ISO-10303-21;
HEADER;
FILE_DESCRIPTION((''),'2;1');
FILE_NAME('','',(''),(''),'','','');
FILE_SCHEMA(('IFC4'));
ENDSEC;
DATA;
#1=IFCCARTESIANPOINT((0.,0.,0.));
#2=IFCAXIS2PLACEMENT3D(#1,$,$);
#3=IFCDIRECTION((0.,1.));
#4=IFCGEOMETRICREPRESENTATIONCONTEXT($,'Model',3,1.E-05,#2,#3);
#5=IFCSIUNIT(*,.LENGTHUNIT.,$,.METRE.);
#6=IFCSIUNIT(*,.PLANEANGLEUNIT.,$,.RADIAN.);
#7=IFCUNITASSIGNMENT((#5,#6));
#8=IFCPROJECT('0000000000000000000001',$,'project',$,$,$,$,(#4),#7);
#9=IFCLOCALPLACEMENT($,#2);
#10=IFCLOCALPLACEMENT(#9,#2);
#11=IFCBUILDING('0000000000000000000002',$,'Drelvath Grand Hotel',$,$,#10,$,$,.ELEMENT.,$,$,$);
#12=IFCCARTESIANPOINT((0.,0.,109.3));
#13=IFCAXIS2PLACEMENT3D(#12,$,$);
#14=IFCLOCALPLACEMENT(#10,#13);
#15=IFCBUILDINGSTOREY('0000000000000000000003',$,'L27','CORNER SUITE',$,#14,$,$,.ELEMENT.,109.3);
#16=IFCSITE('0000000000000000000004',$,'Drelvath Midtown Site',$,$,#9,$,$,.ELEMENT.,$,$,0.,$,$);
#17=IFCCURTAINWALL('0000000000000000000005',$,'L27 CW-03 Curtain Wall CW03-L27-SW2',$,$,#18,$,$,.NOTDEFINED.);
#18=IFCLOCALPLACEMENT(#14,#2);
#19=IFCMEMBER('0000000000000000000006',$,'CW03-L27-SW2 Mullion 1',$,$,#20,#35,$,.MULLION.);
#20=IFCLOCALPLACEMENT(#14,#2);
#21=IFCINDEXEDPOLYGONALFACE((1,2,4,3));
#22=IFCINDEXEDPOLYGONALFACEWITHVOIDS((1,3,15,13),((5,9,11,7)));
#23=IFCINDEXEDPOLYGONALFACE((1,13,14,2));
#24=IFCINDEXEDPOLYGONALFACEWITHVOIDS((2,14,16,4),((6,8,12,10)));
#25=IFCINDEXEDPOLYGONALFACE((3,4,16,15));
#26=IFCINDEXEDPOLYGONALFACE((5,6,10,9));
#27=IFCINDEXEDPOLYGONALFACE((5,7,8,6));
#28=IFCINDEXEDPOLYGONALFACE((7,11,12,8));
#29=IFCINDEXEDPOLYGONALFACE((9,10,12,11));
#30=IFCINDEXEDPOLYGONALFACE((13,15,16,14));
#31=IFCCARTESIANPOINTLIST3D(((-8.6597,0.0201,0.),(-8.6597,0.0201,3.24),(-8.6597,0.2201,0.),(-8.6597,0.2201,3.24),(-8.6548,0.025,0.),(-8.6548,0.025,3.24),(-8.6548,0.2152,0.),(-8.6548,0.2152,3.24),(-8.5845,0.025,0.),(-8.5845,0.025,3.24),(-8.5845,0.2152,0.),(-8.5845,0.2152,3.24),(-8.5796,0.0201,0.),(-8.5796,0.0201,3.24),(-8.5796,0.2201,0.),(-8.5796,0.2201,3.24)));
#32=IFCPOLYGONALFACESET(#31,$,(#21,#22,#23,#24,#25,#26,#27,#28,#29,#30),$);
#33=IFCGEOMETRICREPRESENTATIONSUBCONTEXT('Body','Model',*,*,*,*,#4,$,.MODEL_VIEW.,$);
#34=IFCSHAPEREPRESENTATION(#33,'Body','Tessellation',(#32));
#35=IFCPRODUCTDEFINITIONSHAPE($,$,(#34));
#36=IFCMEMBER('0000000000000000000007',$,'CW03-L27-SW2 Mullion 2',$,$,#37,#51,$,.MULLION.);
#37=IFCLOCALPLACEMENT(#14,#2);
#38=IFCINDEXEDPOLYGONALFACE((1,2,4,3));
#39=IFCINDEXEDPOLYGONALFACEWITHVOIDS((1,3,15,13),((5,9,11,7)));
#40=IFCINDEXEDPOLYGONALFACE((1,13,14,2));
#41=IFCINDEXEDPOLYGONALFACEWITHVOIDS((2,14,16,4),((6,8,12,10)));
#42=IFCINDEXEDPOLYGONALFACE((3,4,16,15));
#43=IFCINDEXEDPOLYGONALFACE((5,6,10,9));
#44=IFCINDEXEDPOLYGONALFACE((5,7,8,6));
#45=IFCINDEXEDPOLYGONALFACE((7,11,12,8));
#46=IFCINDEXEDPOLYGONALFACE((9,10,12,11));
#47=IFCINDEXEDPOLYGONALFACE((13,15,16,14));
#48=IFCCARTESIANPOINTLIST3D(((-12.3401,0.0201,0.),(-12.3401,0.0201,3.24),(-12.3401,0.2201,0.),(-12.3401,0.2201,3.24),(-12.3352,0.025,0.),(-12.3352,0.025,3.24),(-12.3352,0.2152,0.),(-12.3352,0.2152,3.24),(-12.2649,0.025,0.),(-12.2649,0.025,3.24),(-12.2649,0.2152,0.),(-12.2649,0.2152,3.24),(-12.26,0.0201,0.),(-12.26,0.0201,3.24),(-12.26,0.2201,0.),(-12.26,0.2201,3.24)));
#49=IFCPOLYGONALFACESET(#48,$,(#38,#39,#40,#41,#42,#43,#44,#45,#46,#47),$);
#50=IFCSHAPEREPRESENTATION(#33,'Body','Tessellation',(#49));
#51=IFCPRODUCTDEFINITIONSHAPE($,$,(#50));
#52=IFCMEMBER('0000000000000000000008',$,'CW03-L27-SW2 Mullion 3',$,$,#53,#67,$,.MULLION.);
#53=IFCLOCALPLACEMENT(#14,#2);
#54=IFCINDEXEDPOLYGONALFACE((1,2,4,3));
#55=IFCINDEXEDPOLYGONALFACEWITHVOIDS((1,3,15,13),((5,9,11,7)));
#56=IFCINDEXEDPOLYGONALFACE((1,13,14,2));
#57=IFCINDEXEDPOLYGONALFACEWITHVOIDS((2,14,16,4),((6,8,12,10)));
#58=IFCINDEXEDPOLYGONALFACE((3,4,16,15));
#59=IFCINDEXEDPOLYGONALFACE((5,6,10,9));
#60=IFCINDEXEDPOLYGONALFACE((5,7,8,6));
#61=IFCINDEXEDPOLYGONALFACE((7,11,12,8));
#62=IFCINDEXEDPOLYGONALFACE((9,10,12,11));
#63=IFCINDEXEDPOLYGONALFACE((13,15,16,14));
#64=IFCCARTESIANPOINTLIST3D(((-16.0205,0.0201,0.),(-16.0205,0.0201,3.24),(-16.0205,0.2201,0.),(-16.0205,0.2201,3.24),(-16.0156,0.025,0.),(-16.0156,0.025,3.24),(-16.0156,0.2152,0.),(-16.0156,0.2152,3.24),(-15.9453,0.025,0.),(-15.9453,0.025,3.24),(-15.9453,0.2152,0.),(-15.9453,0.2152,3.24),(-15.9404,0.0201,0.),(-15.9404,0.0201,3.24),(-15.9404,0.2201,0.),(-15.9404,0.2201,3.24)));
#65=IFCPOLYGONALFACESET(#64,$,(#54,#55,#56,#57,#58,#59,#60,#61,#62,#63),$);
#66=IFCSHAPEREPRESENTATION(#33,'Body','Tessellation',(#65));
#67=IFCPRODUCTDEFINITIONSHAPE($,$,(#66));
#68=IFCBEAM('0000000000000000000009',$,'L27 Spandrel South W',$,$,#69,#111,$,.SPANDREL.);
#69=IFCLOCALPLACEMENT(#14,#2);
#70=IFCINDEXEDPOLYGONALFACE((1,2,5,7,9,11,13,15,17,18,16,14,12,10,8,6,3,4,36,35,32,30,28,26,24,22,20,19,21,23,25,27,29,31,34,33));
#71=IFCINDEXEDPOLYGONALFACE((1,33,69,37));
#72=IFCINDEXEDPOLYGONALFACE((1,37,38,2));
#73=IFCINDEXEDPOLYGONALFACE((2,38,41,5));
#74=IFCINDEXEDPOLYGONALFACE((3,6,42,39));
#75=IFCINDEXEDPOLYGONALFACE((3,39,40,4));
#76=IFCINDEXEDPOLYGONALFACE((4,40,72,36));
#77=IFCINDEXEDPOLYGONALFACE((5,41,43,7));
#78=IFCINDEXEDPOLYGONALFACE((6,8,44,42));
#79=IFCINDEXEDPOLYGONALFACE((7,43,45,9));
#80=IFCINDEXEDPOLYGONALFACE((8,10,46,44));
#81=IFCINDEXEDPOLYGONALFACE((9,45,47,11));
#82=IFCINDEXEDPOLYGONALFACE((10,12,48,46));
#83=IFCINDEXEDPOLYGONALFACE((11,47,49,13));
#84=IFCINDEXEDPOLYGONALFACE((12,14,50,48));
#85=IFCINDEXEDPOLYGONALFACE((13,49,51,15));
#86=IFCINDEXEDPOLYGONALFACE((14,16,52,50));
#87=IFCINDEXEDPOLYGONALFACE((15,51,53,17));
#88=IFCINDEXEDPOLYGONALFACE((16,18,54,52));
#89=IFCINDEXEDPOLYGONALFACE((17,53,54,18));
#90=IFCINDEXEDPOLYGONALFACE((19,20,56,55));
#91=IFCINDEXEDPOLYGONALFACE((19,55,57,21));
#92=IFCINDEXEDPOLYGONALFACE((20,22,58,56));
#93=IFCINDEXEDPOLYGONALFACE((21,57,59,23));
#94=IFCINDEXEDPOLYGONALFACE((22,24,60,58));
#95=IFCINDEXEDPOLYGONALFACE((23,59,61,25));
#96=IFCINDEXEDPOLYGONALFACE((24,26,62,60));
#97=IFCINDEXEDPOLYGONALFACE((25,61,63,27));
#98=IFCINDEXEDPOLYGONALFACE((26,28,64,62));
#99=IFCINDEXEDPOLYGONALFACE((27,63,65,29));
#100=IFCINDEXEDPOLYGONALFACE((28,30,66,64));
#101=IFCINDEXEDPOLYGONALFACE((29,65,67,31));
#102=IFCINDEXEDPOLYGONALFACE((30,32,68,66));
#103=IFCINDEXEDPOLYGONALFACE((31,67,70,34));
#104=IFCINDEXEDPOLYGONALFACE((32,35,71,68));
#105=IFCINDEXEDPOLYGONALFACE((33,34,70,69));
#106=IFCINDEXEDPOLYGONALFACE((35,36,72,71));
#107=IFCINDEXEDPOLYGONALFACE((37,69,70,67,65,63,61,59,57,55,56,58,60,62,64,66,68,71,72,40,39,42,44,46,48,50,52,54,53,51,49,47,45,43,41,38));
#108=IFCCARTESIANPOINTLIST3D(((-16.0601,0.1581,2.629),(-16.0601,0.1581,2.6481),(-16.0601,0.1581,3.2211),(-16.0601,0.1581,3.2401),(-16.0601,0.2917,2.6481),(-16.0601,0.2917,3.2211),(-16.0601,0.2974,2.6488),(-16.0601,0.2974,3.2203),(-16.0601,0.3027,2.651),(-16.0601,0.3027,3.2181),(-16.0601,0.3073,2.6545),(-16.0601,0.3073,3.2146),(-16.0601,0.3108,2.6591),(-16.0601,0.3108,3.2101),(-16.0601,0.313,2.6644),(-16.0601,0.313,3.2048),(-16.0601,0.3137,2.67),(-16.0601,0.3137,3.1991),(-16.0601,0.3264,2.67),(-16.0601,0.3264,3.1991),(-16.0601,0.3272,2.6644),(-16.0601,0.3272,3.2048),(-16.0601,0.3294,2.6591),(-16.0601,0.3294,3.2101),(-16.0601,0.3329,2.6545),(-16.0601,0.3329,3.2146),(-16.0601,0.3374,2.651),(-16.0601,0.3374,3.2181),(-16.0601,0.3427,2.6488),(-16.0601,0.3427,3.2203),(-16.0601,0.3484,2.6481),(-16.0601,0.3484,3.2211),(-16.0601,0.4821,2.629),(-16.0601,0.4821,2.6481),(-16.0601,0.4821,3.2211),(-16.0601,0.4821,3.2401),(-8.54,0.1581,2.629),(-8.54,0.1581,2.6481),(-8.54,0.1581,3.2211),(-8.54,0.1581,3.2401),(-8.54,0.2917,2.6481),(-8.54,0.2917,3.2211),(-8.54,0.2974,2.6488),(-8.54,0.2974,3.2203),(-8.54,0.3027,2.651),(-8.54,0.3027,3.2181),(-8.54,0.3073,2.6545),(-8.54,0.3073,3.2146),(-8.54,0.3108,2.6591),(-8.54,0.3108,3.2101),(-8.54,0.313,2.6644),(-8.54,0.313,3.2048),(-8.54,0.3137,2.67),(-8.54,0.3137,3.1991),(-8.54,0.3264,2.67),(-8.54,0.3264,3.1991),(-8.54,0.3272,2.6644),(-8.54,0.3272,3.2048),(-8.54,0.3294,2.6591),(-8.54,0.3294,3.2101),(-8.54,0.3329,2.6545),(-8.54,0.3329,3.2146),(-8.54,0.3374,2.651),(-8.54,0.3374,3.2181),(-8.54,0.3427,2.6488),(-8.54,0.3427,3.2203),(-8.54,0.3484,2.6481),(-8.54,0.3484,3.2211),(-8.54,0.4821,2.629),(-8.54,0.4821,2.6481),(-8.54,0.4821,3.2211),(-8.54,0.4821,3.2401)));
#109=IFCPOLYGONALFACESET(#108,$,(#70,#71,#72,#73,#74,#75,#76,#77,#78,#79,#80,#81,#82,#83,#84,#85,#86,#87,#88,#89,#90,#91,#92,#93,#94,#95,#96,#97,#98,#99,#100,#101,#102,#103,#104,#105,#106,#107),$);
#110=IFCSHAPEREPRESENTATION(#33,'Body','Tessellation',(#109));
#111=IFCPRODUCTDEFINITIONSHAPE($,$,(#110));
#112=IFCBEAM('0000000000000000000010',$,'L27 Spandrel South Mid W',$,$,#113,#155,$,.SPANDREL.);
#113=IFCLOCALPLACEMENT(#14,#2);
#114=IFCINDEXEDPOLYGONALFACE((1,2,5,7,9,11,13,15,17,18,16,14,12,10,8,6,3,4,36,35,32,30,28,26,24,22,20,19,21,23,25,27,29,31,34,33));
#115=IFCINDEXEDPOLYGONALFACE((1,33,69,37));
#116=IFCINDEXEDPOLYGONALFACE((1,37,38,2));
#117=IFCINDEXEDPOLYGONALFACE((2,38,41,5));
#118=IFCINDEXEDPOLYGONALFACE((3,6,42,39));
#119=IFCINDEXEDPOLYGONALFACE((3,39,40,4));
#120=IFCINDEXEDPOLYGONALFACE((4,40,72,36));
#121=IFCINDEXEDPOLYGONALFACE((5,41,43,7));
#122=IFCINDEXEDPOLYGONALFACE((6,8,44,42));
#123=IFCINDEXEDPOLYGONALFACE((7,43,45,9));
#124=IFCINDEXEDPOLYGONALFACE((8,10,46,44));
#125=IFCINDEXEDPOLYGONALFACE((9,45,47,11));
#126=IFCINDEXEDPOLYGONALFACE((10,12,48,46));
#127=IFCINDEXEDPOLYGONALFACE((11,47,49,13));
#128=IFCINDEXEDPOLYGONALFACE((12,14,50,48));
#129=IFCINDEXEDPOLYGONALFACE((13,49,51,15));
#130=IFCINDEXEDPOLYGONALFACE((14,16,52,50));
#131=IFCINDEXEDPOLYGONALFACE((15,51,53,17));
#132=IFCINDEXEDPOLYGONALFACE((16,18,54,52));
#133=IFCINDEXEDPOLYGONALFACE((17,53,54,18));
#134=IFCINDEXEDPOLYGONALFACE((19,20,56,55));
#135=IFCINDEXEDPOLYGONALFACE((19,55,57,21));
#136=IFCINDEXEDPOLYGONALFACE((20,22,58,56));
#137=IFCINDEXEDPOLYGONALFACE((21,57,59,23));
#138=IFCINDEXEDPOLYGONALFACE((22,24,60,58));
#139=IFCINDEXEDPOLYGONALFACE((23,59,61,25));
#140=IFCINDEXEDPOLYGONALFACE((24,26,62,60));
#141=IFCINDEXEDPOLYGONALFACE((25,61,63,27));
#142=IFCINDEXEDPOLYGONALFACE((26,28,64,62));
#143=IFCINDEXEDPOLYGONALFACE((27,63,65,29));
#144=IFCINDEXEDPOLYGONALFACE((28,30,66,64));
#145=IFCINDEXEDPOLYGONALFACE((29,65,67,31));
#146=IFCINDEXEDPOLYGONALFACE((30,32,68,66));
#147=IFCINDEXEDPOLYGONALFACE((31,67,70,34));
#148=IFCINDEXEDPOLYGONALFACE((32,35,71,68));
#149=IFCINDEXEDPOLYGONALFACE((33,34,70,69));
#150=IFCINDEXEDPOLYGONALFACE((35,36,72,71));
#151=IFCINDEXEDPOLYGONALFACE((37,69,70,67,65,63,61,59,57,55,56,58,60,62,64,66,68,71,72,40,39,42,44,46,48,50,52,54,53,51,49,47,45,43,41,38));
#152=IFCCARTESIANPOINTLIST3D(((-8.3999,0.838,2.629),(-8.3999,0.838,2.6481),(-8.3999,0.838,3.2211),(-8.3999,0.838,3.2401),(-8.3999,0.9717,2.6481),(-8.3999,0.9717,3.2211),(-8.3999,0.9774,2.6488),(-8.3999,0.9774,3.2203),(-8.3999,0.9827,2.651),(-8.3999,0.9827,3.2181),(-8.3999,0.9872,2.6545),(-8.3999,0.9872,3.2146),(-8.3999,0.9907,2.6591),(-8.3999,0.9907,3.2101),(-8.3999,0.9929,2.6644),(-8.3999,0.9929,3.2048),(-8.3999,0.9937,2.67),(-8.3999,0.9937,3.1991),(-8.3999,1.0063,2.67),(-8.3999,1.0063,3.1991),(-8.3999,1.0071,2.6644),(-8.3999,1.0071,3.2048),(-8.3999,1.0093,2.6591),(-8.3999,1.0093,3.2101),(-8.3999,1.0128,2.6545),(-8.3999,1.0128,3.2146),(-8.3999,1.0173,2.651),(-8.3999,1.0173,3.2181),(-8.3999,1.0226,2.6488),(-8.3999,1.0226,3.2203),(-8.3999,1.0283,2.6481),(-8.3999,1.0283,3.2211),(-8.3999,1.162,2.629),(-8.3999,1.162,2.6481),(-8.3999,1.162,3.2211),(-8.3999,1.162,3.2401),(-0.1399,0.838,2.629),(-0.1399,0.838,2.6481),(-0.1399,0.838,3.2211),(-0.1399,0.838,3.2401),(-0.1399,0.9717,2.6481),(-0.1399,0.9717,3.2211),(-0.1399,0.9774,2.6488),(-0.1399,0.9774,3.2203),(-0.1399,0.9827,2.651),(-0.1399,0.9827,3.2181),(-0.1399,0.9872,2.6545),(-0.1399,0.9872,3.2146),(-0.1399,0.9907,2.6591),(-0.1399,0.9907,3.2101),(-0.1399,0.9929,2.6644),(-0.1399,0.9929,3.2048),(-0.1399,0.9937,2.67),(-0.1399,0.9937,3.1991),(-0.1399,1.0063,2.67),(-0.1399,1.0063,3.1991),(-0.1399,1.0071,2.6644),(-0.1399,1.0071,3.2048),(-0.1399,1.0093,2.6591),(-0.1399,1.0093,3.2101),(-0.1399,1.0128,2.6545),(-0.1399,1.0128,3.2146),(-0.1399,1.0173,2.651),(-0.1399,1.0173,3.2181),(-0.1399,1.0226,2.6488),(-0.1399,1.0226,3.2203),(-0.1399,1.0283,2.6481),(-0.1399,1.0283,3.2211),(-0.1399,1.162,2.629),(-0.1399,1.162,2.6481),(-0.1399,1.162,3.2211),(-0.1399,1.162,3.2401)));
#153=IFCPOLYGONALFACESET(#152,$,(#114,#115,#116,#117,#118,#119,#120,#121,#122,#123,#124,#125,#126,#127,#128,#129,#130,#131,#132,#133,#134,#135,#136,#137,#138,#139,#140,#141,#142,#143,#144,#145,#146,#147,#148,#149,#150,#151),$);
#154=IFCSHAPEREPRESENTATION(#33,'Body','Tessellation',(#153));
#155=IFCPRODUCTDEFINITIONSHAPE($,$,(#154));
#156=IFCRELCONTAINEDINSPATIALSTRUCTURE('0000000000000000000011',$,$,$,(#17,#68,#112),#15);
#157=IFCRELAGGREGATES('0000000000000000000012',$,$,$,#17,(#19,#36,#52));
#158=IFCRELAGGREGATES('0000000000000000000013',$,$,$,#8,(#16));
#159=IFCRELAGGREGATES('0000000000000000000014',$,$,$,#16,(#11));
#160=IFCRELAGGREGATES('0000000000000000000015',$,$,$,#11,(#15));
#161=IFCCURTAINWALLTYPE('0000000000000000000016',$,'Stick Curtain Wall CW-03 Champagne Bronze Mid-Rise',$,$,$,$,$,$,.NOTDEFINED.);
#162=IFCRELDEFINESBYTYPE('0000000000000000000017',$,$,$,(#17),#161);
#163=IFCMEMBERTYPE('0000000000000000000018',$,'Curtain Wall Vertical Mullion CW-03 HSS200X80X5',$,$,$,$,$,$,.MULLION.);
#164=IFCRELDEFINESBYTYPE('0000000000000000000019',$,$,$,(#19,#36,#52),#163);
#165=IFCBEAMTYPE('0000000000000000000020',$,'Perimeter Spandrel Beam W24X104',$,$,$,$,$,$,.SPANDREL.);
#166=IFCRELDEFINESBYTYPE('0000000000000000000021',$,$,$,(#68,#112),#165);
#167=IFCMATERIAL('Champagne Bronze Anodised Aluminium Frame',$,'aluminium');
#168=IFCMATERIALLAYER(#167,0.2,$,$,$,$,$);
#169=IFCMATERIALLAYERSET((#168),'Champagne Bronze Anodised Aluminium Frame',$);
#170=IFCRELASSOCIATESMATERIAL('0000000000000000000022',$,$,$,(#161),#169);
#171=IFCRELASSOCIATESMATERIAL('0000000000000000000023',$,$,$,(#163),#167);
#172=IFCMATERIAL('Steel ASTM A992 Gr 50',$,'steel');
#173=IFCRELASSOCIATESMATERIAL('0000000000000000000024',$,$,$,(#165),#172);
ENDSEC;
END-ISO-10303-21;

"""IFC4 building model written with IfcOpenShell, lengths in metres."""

from ifc_helpers import new_model, si_unit, direction, frame, origin, origin_2d, place, context, subcontext, project, spatial, hollow_rectangle, i_section, extrude, material, layer, layer_set, material_profile, profile_set, type_object, element, aggregate, save


model = new_model("IFC4")

# Units and contexts
model_context = context("Model", 3, precision=1e-05, world=origin(), true_north=direction((0.0, 1.0)))
body_context = subcontext(model_context, "Body", "Model", "MODEL_VIEW")
ifc_project = project(units=[si_unit("LENGTHUNIT", "METRE"), si_unit("PLANEANGLEUNIT", "RADIAN")], contexts=[model_context])

# Site, building, storey
site_placement = place(None, origin())
site = spatial("IfcSite", under=ifc_project, at=site_placement, Name="Drelvath Midtown Site", CompositionType="ELEMENT", RefElevation=0.0)
building_placement = place(site_placement, origin())
building = spatial("IfcBuilding", under=site, at=building_placement, Name="Drelvath Grand Hotel", CompositionType="ELEMENT")
storey_placement = place(building_placement, frame((0.0, 0.0, 109.3)))
storey = spatial("IfcBuildingStorey", under=building, at=storey_placement, Name="L27", Description="CORNER SUITE", CompositionType="ELEMENT", Elevation=109.3)

# Shared definitions
ifc_material_1 = material(Name="Steel ASTM A992 Gr 50", Category="steel")

# Curtain wall
ifc_material_2 = material(Name="Champagne Bronze Anodised Aluminium Frame", Category="aluminium")
ifc_layer_1 = layer(ifc_material_2, 0.2)
ifc_layer_set_1 = layer_set([ifc_layer_1], Name="Champagne Bronze Anodised Aluminium Frame")
curtain_wall_type = type_object("IfcCurtainWallType", Name="Stick Curtain Wall CW-03 Champagne Bronze Mid-Rise", PredefinedType="NOTDEFINED", material=ifc_layer_set_1)
curtain_wall_1_placement = place(storey_placement, origin())
curtain_wall_1 = element("IfcCurtainWall", 1, at=curtain_wall_1_placement, inside=storey, type_object=curtain_wall_type, Name="L27 CW-03 Curtain Wall CW03-L27-SW2", PredefinedType="NOTDEFINED")

# Members
ifc_material_profile_1 = material_profile(ifc_material_2, hollow_rectangle(XDim=0.0801, YDim=0.2, WallThickness=0.0049, at=origin_2d()), Name="HSS200X80X5")
ifc_profile_set_1 = profile_set([ifc_material_profile_1], Name="Champagne Bronze Anodised Aluminium Frame")
member_type_1 = type_object("IfcMemberType", Name="Curtain Wall Vertical Mullion CW-03 HSS200X80X5", PredefinedType="MULLION", material=ifc_profile_set_1)
member_1_placement = place(storey_placement, frame((-8.6196, 0.1201, 0.0), z_axis=(0.0, 0.0, 1.0), x_axis=(1.0, 0.0, 0.0)))
member_1 = element("IfcMember", 2, at=member_1_placement, type_object=member_type_1, Name="CW03-L27-SW2 Mullion 1", PredefinedType="MULLION", context=body_context, shape_type="SweptSolid", body=[
    extrude(hollow_rectangle(XDim=0.0801, YDim=0.2, WallThickness=0.0049, at=origin_2d()), origin(), (0.0, 0.0, 1.0), 3.24),
])
member_2_placement = place(storey_placement, frame((-12.3, 0.1201, 0.0), z_axis=(0.0, 0.0, 1.0), x_axis=(1.0, 0.0, 0.0)))
member_2 = element("IfcMember", 3, at=member_2_placement, type_object=member_type_1, Name="CW03-L27-SW2 Mullion 2", PredefinedType="MULLION", context=body_context, shape_type="SweptSolid", body=[
    extrude(hollow_rectangle(XDim=0.0801, YDim=0.2, WallThickness=0.0049, at=origin_2d()), origin(), (0.0, 0.0, 1.0), 3.24),
])
member_3_placement = place(storey_placement, frame((-15.9805, 0.1201, 0.0), z_axis=(0.0, 0.0, 1.0), x_axis=(1.0, 0.0, 0.0)))
member_3 = element("IfcMember", 4, at=member_3_placement, type_object=member_type_1, Name="CW03-L27-SW2 Mullion 3", PredefinedType="MULLION", context=body_context, shape_type="SweptSolid", body=[
    extrude(hollow_rectangle(XDim=0.0801, YDim=0.2, WallThickness=0.0049, at=origin_2d()), origin(), (0.0, 0.0, 1.0), 3.24),
])

# Beams
ifc_material_profile_2 = material_profile(ifc_material_1, i_section(OverallWidth=0.324, OverallDepth=0.6111, WebThickness=0.0127, FlangeThickness=0.019, FilletRadius=0.022, at=origin_2d()), Name="W24X104")
ifc_profile_set_2 = profile_set([ifc_material_profile_2], Name="Steel ASTM A992 Gr 50")
beam_type_1 = type_object("IfcBeamType", Name="Perimeter Spandrel Beam W24X104", PredefinedType="SPANDREL", material=ifc_profile_set_2)
beam_1_placement = place(storey_placement, frame((-16.0601, 0.3201, 2.9346), z_axis=(1.0, 0.0, 0.0), x_axis=(0.0, 1.0, 0.0)))
element("IfcBeam", 5, at=beam_1_placement, inside=storey, type_object=beam_type_1, Name="L27 Spandrel South W", PredefinedType="SPANDREL", context=body_context, shape_type="SweptSolid", body=[
    extrude(i_section(OverallWidth=0.324, OverallDepth=0.6111, WebThickness=0.0127, FlangeThickness=0.019, FilletRadius=0.022, at=origin_2d()), origin(), (0.0, 0.0, 1.0), 7.52),
])
beam_2_placement = place(storey_placement, frame((-8.3999, 1.0, 2.9346), z_axis=(1.0, 0.0, 0.0), x_axis=(0.0, 1.0, 0.0)))
element("IfcBeam", 6, at=beam_2_placement, inside=storey, type_object=beam_type_1, Name="L27 Spandrel South Mid W", PredefinedType="SPANDREL", context=body_context, shape_type="SweptSolid", body=[
    extrude(i_section(OverallWidth=0.324, OverallDepth=0.6111, WebThickness=0.0127, FlangeThickness=0.019, FilletRadius=0.022, at=origin_2d()), origin(), (0.0, 0.0, 1.0), 8.26),
])

aggregate(curtain_wall_1, [member_1, member_2, member_3])

save(model, "model.ifc")
